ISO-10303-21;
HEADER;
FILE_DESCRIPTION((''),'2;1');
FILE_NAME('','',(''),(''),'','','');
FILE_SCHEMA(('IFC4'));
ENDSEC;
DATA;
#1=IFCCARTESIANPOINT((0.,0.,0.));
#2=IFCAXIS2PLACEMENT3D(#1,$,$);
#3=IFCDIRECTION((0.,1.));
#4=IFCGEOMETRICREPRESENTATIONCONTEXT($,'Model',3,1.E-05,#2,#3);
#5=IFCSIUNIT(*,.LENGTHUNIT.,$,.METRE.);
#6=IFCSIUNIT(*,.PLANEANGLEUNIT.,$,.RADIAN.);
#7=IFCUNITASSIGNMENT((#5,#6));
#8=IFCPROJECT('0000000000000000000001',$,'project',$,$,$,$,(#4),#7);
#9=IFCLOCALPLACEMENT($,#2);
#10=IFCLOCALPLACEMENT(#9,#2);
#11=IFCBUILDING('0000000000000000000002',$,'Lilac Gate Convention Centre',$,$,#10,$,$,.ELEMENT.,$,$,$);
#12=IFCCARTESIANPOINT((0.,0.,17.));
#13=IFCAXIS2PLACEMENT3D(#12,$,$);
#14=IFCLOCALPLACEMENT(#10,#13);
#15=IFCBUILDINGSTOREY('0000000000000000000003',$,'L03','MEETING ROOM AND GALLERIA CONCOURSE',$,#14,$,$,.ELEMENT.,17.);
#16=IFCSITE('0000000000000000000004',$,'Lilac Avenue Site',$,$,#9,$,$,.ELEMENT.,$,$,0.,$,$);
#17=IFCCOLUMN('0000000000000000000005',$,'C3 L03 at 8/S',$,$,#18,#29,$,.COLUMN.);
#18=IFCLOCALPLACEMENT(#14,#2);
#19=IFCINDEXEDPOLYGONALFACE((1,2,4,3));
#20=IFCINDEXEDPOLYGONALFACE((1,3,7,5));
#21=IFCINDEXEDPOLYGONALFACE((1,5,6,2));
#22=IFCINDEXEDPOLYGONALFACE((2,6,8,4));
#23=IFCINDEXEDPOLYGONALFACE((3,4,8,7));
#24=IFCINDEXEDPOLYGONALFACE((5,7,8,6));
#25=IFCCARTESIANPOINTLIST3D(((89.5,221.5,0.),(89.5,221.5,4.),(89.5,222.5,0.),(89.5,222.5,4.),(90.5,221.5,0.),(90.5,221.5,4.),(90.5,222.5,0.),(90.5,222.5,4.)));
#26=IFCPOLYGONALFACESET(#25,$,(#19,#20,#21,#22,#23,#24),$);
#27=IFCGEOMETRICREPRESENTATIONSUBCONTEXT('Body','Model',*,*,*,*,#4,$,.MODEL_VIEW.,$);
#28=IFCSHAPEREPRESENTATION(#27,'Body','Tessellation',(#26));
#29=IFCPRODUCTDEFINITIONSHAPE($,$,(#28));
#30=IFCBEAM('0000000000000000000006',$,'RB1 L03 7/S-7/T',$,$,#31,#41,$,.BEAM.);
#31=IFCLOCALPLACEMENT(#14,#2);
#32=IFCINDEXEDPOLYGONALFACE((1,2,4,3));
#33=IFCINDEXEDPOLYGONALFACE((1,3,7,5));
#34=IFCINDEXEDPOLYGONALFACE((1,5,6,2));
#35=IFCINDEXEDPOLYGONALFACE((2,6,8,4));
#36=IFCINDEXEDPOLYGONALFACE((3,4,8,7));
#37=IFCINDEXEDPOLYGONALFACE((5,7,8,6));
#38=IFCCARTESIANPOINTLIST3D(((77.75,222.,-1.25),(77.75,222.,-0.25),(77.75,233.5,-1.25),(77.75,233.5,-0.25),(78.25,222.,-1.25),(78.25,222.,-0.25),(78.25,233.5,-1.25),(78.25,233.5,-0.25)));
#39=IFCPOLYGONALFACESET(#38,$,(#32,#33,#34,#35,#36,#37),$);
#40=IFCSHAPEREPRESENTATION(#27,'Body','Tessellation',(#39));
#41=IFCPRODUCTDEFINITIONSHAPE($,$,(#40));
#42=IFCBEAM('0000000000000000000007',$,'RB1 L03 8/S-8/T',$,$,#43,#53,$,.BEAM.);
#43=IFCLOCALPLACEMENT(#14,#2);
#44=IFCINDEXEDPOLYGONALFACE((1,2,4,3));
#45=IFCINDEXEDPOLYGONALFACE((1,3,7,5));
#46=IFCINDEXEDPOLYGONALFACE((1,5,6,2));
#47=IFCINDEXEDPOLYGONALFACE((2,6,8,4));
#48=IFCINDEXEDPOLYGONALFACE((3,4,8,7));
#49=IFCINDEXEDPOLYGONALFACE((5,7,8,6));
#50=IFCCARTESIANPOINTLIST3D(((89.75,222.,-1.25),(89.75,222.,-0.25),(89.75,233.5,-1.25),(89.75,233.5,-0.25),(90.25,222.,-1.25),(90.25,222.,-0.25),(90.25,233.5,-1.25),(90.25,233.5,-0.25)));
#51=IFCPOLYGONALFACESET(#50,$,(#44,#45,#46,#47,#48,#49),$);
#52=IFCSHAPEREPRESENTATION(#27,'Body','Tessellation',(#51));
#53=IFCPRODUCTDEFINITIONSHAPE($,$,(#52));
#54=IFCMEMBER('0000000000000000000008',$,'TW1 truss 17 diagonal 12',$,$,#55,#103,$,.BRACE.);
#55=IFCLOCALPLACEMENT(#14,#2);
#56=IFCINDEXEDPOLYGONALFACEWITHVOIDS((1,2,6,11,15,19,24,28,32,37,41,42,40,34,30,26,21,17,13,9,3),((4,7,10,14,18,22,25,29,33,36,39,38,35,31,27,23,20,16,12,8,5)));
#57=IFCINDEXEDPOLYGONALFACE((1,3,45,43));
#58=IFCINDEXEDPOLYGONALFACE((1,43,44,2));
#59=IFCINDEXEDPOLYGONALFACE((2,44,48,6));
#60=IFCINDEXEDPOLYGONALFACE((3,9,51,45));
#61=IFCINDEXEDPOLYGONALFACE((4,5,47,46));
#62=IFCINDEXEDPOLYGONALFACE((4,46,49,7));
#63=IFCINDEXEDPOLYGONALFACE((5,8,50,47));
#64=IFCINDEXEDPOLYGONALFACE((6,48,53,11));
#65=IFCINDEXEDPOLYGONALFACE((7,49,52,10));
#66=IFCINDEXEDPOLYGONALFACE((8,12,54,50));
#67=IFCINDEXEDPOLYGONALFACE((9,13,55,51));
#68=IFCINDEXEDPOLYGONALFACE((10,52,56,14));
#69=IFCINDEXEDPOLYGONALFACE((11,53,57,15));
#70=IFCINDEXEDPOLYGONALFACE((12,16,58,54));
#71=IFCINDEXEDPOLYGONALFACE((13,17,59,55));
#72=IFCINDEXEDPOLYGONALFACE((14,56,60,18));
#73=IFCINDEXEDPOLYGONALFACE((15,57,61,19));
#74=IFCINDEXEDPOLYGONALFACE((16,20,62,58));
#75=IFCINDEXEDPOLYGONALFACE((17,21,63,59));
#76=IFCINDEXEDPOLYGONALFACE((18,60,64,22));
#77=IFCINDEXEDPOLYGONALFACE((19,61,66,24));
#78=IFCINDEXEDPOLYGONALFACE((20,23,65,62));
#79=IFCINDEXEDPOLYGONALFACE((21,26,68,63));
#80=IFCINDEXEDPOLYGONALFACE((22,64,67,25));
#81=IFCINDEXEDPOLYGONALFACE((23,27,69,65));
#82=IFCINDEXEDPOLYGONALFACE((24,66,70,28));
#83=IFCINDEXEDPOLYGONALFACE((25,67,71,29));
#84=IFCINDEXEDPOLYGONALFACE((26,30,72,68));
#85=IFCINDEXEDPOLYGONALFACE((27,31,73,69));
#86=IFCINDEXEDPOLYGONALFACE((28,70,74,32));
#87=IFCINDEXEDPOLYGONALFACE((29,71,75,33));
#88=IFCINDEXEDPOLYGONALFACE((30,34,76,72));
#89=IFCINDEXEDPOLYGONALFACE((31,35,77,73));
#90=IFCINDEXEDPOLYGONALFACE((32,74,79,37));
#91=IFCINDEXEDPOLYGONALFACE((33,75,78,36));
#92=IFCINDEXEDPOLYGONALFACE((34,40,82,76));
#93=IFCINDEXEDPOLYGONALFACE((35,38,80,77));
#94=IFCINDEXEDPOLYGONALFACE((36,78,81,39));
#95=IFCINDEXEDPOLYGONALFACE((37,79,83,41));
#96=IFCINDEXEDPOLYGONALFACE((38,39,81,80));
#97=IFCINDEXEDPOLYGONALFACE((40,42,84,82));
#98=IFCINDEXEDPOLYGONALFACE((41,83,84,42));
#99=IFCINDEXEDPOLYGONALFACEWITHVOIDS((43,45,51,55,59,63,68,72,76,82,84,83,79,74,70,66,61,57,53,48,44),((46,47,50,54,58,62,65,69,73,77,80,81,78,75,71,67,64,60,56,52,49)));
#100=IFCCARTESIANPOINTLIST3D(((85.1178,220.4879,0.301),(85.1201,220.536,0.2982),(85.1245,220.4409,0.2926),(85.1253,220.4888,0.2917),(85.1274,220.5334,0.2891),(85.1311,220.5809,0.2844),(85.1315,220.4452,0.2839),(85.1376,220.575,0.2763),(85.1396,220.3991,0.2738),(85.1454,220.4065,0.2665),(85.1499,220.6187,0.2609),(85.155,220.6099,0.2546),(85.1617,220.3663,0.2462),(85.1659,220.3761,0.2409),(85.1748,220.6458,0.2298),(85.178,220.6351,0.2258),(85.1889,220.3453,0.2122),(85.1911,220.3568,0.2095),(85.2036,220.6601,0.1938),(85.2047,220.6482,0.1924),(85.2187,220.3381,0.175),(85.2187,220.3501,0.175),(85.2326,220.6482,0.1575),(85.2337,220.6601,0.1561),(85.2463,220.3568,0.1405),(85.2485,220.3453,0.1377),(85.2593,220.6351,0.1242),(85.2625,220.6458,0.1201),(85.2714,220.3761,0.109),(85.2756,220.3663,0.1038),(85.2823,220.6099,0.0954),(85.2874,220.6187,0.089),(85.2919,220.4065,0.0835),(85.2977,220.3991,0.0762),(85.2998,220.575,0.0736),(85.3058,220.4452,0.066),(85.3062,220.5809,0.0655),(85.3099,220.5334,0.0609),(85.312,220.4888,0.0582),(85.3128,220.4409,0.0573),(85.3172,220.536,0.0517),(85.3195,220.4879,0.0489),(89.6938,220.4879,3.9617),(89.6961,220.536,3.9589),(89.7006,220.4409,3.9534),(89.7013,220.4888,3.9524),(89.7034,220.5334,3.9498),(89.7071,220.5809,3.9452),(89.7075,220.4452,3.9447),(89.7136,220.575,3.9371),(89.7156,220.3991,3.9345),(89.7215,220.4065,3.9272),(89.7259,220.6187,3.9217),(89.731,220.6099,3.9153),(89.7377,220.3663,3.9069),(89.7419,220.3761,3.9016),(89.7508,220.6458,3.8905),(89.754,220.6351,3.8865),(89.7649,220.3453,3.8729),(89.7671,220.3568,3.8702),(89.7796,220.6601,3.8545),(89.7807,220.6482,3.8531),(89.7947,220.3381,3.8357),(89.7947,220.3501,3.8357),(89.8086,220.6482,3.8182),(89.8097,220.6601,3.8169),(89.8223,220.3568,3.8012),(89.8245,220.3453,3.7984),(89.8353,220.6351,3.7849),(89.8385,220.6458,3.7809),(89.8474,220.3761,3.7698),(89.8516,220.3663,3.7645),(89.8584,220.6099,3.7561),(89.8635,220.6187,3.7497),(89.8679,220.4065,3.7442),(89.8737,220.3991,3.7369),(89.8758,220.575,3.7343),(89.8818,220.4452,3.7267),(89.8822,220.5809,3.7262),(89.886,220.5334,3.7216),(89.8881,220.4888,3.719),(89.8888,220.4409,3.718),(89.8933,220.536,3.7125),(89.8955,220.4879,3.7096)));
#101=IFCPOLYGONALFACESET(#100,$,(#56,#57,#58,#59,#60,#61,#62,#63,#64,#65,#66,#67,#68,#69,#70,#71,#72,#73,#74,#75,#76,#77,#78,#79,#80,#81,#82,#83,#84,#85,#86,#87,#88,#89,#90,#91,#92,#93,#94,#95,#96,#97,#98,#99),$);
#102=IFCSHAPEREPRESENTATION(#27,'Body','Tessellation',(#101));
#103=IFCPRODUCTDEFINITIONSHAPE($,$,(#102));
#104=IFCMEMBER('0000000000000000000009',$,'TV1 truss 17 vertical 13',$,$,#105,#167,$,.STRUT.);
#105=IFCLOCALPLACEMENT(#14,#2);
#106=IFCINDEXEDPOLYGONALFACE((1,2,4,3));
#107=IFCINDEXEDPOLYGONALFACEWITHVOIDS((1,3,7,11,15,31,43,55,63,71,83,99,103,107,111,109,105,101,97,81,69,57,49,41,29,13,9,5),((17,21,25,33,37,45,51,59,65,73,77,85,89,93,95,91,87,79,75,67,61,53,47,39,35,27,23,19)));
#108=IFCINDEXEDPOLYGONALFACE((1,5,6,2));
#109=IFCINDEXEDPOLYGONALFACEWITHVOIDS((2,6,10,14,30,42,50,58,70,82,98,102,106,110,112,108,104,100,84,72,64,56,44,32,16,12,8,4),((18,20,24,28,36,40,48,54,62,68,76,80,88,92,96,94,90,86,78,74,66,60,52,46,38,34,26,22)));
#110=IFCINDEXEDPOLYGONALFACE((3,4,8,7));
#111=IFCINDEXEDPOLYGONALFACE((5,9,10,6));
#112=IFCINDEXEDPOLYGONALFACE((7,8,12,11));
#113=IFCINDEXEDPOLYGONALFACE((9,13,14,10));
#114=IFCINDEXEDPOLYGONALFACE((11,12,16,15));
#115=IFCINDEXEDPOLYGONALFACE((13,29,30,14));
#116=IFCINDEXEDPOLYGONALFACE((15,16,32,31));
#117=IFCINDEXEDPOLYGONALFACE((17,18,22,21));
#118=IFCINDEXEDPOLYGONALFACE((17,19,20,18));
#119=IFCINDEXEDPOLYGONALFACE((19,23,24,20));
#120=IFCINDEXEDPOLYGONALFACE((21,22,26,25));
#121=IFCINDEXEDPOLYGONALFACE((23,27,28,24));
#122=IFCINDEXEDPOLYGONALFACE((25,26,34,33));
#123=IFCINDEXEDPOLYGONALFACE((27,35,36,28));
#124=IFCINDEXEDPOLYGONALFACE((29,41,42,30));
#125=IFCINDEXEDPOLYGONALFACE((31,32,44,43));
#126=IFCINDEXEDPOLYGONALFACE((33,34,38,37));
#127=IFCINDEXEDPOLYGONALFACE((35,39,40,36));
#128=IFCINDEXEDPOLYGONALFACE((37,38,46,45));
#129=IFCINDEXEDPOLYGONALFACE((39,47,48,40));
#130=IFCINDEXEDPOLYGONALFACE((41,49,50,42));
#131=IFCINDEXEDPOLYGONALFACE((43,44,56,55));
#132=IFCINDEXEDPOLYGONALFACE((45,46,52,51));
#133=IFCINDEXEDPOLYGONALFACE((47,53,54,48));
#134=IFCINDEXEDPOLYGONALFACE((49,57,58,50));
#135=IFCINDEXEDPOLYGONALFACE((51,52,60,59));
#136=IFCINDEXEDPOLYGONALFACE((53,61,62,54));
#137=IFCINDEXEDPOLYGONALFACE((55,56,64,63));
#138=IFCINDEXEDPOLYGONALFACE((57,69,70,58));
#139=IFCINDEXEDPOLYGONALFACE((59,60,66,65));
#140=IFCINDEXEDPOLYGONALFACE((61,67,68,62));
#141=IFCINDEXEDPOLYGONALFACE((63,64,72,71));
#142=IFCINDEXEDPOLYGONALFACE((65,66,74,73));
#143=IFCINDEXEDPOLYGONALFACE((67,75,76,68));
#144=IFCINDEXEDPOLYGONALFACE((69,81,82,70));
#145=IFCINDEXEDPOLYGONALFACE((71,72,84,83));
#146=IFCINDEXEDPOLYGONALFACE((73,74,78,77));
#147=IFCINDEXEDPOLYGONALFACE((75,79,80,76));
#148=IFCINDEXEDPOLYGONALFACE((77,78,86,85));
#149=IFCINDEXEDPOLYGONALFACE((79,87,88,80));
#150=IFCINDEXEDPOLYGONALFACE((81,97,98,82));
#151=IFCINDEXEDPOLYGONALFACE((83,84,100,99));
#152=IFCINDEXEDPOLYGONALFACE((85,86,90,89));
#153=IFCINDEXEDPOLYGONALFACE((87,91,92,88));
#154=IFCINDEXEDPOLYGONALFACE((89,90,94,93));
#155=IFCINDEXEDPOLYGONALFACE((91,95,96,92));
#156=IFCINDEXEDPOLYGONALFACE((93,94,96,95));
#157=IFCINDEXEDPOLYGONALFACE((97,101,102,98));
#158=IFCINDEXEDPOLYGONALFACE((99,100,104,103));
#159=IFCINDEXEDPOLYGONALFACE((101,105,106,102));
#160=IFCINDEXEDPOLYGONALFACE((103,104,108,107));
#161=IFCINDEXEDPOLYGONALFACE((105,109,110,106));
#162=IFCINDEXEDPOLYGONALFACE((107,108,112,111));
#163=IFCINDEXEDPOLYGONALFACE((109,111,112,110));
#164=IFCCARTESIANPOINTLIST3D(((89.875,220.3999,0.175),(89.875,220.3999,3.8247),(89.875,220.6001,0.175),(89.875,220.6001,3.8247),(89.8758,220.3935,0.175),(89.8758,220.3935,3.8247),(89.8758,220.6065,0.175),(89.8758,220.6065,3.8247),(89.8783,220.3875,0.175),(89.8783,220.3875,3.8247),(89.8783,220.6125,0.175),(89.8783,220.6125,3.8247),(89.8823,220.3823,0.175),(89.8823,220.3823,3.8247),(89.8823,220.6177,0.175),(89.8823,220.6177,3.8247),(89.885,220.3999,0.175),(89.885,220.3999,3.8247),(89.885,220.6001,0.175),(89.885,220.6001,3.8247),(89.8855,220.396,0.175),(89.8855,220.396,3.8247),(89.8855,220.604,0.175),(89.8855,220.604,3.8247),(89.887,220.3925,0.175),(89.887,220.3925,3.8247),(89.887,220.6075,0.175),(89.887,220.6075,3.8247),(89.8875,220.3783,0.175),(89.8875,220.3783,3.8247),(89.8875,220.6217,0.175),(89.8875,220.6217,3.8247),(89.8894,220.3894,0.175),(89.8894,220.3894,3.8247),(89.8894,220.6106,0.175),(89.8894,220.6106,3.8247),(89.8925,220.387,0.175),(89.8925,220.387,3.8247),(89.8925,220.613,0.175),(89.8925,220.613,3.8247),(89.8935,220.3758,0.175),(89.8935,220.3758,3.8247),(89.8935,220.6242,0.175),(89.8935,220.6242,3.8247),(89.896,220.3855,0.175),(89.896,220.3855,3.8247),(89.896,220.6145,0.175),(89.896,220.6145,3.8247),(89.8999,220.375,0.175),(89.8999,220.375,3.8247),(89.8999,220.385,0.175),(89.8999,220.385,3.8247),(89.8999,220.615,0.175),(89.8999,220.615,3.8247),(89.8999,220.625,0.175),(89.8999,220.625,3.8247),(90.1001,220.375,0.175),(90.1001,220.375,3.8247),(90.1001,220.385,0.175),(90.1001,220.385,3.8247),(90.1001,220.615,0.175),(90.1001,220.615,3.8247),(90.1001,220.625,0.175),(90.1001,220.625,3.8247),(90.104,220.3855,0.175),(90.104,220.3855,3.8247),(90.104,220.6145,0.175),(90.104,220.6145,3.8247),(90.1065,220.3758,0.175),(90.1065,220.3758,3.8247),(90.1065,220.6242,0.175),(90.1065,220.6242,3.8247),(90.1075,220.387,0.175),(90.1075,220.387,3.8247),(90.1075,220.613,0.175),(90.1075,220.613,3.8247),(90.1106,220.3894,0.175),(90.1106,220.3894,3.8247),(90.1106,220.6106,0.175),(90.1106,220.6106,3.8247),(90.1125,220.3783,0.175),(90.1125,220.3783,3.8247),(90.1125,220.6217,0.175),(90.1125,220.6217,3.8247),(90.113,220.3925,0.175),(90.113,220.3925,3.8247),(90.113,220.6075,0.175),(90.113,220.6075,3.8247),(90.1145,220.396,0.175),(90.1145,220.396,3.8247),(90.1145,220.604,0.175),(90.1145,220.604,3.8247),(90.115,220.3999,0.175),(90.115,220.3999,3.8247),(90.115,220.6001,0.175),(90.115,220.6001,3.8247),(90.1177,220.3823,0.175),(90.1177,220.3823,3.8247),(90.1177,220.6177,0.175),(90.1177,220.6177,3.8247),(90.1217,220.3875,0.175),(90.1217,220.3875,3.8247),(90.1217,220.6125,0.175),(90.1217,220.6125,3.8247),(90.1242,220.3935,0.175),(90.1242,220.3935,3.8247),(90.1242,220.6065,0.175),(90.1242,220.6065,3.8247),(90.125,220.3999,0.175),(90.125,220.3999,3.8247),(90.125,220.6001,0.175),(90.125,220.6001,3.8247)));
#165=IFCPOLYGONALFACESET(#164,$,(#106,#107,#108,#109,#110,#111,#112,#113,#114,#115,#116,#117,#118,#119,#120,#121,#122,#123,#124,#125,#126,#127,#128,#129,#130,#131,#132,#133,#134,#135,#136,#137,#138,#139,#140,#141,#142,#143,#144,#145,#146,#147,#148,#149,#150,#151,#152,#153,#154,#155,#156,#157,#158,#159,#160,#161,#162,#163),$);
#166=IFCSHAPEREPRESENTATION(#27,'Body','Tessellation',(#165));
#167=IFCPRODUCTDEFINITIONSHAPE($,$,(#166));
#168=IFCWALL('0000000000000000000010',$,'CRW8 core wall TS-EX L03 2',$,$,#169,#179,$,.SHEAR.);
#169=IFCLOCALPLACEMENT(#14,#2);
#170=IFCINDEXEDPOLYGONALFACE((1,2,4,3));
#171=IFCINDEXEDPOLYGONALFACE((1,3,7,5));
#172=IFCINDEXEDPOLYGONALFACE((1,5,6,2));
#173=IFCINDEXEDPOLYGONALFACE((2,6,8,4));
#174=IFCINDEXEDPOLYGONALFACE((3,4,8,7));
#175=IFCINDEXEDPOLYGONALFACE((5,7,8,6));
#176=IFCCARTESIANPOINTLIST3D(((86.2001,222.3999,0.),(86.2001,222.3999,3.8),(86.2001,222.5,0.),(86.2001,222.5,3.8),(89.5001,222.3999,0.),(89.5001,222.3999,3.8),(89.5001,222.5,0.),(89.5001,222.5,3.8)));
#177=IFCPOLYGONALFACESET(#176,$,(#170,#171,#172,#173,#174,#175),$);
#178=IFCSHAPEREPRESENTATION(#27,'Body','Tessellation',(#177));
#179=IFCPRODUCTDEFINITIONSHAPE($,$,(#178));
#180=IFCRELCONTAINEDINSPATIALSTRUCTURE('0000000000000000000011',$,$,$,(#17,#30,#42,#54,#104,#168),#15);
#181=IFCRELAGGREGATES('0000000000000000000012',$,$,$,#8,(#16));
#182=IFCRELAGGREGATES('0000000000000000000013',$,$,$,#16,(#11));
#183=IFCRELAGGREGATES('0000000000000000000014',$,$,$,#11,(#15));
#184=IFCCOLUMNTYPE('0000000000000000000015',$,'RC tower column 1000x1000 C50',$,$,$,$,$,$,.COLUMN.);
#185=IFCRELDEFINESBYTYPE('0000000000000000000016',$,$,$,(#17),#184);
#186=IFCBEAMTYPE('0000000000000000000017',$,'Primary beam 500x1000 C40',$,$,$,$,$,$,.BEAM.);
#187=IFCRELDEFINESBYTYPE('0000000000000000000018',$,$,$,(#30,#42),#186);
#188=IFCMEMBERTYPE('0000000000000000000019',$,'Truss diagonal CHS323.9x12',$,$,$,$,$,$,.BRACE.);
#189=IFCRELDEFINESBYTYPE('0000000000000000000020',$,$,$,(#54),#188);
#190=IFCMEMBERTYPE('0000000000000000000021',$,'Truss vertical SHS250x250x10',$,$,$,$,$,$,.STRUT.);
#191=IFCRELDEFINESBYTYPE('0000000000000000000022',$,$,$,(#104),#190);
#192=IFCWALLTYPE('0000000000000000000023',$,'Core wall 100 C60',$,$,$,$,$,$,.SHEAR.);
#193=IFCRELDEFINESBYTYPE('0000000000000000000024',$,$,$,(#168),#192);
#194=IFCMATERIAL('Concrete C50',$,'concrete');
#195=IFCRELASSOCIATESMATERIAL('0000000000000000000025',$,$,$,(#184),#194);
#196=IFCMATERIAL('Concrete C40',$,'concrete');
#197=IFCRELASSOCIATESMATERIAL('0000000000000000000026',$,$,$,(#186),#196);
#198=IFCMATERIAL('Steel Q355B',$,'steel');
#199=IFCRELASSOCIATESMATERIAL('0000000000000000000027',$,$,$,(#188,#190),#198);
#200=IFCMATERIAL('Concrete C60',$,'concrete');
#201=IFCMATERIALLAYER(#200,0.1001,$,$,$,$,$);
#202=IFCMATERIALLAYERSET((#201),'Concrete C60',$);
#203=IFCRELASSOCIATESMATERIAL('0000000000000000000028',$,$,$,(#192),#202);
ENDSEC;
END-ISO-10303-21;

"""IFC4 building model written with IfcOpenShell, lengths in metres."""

from ifc_helpers import new_model, si_unit, direction, frame, frame_2d, origin, origin_2d, place, context, subcontext, project, spatial, rectangle, hollow_rectangle, hollow_circle, extrude, material, layer, layer_set, material_profile, profile_set, type_object, element, save


model = new_model("IFC4")

# Units and contexts
model_context = context("Model", 3, precision=1e-05, world=origin(), true_north=direction((0.0, 1.0)))
body_context = subcontext(model_context, "Body", "Model", "MODEL_VIEW")
ifc_project = project(units=[si_unit("LENGTHUNIT", "METRE"), si_unit("PLANEANGLEUNIT", "RADIAN")], contexts=[model_context])

# Site, building, storey
site_placement = place(None, origin())
site = spatial("IfcSite", under=ifc_project, at=site_placement, Name="Lilac Avenue Site", CompositionType="ELEMENT", RefElevation=0.0)
building_placement = place(site_placement, origin())
building = spatial("IfcBuilding", under=site, at=building_placement, Name="Lilac Gate Convention Centre", CompositionType="ELEMENT")
storey_placement = place(building_placement, frame((0.0, 0.0, 17.0)))
storey = spatial("IfcBuildingStorey", under=building, at=storey_placement, Name="L03", Description="MEETING ROOM AND GALLERIA CONCOURSE", CompositionType="ELEMENT", Elevation=17.0)

# Column
ifc_material_1 = material(Name="Concrete C50", Category="concrete")
ifc_material_profile_1 = material_profile(ifc_material_1, rectangle(XDim=1.0, YDim=1.0, at=origin_2d()), Name="RC 1000x1000")
ifc_profile_set_1 = profile_set([ifc_material_profile_1], Name="Concrete C50")
column_type = type_object("IfcColumnType", Name="RC tower column 1000x1000 C50", PredefinedType="COLUMN", material=ifc_profile_set_1)
column_placement = place(storey_placement, frame((90.0, 222.0, 0.0), z_axis=(0.0, 0.0, 1.0), x_axis=(1.0, 0.0, 0.0)))
element("IfcColumn", 1, at=column_placement, inside=storey, type_object=column_type, Name="C3 L03 at 8/S", PredefinedType="COLUMN", context=body_context, shape_type="SweptSolid", body=[
    extrude(rectangle(XDim=1.0, YDim=1.0, at=origin_2d()), origin(), (0.0, 0.0, 1.0), 4.0),
])

# Beams
ifc_material_2 = material(Name="Concrete C40", Category="concrete")
ifc_material_profile_2 = material_profile(ifc_material_2, rectangle(XDim=0.5, YDim=1.0, at=origin_2d()), Name="RC 500x1000")
ifc_profile_set_2 = profile_set([ifc_material_profile_2], Name="Concrete C40")
beam_type = type_object("IfcBeamType", Name="Primary beam 500x1000 C40", PredefinedType="BEAM", material=ifc_profile_set_2)
for number, where, z_axis, x_axis, name in (
    (2, (78.0, 222.0, -0.75), (0.0, 1.0, 0.0), (-1.0, 0.0, 0.0), "RB1 L03 7/S-7/T"),
    (3, (90.0, 222.0, -0.75), (0.0, 1.0, 0.0), (-1.0, 0.0, 0.0), "RB1 L03 8/S-8/T"),
):
    element("IfcBeam", number, at=place(storey_placement, frame(where, z_axis=z_axis, x_axis=x_axis)), inside=storey, type_object=beam_type, Name=name, PredefinedType="BEAM", context=body_context, shape_type="SweptSolid", body=[
        extrude(rectangle(XDim=0.5, YDim=1.0, at=origin_2d()), origin(), (0.0, 0.0, 1.0), 11.5),
    ])

# Members
ifc_material_3 = material(Name="Steel Q355B", Category="steel")
ifc_material_profile_3 = material_profile(ifc_material_3, hollow_circle(Radius=0.1619, WallThickness=0.012, at=origin_2d()), Name="CHS323.9x12")
ifc_profile_set_3 = profile_set([ifc_material_profile_3], Name="Steel Q355B")
member_type_1 = type_object("IfcMemberType", Name="Truss diagonal CHS323.9x12", PredefinedType="BRACE", material=ifc_profile_set_3)
member_1_placement = place(storey_placement, frame((89.7947, 220.5, 3.8357), z_axis=(-0.780877, 0.0, -0.624685), x_axis=(0.0, -1.0, 0.0)))
element("IfcMember", 4, at=member_1_placement, inside=storey, type_object=member_type_1, Name="TW1 truss 17 diagonal 12", PredefinedType="BRACE", context=body_context, shape_type="SweptSolid", body=[
    extrude(hollow_circle(Radius=0.1619, WallThickness=0.012, at=origin_2d()), origin(), (0.0, 0.0, 1.0), 5.8601),
])
ifc_material_profile_4 = material_profile(ifc_material_3, hollow_rectangle(XDim=0.25, YDim=0.25, WallThickness=0.01, InnerFilletRadius=0.0149, OuterFilletRadius=0.0249, at=origin_2d()), Name="SHS250x250x10")
ifc_profile_set_4 = profile_set([ifc_material_profile_4], Name="Steel Q355B")
member_type_2 = type_object("IfcMemberType", Name="Truss vertical SHS250x250x10", PredefinedType="STRUT", material=ifc_profile_set_4)
member_2_placement = place(storey_placement, frame((90.0, 220.5, 0.175), z_axis=(0.0, 0.0, 1.0), x_axis=(1.0, 0.0, 0.0)))
element("IfcMember", 5, at=member_2_placement, inside=storey, type_object=member_type_2, Name="TV1 truss 17 vertical 13", PredefinedType="STRUT", context=body_context, shape_type="SweptSolid", body=[
    extrude(hollow_rectangle(XDim=0.25, YDim=0.25, WallThickness=0.01, InnerFilletRadius=0.0149, OuterFilletRadius=0.0249, at=origin_2d()), origin(), (0.0, 0.0, 1.0), 3.6497),
])

# Wall
ifc_material_4 = material(Name="Concrete C60", Category="concrete")
ifc_layer_1 = layer(ifc_material_4, 0.1001)
ifc_layer_set_1 = layer_set([ifc_layer_1], Name="Concrete C60")
wall_type_1 = type_object("IfcWallType", Name="Core wall 100 C60", PredefinedType="SHEAR", material=ifc_layer_set_1)
wall_1_placement = place(storey_placement, frame((89.5, 222.45, 0.0), z_axis=(0.0, 0.0, 1.0), x_axis=(-1.0, 0.0, 0.0)))
element("IfcWall", 6, at=wall_1_placement, inside=storey, type_object=wall_type_1, Name="CRW8 core wall TS-EX L03 2", PredefinedType="SHEAR", context=body_context, shape_type="SweptSolid", body=[
    extrude(rectangle(XDim=3.3, YDim=0.1001, at=frame_2d((1.6499, 0.0))), origin(), (0.0, 0.0, 1.0), 3.8),
])

save(model, "model.ifc")
